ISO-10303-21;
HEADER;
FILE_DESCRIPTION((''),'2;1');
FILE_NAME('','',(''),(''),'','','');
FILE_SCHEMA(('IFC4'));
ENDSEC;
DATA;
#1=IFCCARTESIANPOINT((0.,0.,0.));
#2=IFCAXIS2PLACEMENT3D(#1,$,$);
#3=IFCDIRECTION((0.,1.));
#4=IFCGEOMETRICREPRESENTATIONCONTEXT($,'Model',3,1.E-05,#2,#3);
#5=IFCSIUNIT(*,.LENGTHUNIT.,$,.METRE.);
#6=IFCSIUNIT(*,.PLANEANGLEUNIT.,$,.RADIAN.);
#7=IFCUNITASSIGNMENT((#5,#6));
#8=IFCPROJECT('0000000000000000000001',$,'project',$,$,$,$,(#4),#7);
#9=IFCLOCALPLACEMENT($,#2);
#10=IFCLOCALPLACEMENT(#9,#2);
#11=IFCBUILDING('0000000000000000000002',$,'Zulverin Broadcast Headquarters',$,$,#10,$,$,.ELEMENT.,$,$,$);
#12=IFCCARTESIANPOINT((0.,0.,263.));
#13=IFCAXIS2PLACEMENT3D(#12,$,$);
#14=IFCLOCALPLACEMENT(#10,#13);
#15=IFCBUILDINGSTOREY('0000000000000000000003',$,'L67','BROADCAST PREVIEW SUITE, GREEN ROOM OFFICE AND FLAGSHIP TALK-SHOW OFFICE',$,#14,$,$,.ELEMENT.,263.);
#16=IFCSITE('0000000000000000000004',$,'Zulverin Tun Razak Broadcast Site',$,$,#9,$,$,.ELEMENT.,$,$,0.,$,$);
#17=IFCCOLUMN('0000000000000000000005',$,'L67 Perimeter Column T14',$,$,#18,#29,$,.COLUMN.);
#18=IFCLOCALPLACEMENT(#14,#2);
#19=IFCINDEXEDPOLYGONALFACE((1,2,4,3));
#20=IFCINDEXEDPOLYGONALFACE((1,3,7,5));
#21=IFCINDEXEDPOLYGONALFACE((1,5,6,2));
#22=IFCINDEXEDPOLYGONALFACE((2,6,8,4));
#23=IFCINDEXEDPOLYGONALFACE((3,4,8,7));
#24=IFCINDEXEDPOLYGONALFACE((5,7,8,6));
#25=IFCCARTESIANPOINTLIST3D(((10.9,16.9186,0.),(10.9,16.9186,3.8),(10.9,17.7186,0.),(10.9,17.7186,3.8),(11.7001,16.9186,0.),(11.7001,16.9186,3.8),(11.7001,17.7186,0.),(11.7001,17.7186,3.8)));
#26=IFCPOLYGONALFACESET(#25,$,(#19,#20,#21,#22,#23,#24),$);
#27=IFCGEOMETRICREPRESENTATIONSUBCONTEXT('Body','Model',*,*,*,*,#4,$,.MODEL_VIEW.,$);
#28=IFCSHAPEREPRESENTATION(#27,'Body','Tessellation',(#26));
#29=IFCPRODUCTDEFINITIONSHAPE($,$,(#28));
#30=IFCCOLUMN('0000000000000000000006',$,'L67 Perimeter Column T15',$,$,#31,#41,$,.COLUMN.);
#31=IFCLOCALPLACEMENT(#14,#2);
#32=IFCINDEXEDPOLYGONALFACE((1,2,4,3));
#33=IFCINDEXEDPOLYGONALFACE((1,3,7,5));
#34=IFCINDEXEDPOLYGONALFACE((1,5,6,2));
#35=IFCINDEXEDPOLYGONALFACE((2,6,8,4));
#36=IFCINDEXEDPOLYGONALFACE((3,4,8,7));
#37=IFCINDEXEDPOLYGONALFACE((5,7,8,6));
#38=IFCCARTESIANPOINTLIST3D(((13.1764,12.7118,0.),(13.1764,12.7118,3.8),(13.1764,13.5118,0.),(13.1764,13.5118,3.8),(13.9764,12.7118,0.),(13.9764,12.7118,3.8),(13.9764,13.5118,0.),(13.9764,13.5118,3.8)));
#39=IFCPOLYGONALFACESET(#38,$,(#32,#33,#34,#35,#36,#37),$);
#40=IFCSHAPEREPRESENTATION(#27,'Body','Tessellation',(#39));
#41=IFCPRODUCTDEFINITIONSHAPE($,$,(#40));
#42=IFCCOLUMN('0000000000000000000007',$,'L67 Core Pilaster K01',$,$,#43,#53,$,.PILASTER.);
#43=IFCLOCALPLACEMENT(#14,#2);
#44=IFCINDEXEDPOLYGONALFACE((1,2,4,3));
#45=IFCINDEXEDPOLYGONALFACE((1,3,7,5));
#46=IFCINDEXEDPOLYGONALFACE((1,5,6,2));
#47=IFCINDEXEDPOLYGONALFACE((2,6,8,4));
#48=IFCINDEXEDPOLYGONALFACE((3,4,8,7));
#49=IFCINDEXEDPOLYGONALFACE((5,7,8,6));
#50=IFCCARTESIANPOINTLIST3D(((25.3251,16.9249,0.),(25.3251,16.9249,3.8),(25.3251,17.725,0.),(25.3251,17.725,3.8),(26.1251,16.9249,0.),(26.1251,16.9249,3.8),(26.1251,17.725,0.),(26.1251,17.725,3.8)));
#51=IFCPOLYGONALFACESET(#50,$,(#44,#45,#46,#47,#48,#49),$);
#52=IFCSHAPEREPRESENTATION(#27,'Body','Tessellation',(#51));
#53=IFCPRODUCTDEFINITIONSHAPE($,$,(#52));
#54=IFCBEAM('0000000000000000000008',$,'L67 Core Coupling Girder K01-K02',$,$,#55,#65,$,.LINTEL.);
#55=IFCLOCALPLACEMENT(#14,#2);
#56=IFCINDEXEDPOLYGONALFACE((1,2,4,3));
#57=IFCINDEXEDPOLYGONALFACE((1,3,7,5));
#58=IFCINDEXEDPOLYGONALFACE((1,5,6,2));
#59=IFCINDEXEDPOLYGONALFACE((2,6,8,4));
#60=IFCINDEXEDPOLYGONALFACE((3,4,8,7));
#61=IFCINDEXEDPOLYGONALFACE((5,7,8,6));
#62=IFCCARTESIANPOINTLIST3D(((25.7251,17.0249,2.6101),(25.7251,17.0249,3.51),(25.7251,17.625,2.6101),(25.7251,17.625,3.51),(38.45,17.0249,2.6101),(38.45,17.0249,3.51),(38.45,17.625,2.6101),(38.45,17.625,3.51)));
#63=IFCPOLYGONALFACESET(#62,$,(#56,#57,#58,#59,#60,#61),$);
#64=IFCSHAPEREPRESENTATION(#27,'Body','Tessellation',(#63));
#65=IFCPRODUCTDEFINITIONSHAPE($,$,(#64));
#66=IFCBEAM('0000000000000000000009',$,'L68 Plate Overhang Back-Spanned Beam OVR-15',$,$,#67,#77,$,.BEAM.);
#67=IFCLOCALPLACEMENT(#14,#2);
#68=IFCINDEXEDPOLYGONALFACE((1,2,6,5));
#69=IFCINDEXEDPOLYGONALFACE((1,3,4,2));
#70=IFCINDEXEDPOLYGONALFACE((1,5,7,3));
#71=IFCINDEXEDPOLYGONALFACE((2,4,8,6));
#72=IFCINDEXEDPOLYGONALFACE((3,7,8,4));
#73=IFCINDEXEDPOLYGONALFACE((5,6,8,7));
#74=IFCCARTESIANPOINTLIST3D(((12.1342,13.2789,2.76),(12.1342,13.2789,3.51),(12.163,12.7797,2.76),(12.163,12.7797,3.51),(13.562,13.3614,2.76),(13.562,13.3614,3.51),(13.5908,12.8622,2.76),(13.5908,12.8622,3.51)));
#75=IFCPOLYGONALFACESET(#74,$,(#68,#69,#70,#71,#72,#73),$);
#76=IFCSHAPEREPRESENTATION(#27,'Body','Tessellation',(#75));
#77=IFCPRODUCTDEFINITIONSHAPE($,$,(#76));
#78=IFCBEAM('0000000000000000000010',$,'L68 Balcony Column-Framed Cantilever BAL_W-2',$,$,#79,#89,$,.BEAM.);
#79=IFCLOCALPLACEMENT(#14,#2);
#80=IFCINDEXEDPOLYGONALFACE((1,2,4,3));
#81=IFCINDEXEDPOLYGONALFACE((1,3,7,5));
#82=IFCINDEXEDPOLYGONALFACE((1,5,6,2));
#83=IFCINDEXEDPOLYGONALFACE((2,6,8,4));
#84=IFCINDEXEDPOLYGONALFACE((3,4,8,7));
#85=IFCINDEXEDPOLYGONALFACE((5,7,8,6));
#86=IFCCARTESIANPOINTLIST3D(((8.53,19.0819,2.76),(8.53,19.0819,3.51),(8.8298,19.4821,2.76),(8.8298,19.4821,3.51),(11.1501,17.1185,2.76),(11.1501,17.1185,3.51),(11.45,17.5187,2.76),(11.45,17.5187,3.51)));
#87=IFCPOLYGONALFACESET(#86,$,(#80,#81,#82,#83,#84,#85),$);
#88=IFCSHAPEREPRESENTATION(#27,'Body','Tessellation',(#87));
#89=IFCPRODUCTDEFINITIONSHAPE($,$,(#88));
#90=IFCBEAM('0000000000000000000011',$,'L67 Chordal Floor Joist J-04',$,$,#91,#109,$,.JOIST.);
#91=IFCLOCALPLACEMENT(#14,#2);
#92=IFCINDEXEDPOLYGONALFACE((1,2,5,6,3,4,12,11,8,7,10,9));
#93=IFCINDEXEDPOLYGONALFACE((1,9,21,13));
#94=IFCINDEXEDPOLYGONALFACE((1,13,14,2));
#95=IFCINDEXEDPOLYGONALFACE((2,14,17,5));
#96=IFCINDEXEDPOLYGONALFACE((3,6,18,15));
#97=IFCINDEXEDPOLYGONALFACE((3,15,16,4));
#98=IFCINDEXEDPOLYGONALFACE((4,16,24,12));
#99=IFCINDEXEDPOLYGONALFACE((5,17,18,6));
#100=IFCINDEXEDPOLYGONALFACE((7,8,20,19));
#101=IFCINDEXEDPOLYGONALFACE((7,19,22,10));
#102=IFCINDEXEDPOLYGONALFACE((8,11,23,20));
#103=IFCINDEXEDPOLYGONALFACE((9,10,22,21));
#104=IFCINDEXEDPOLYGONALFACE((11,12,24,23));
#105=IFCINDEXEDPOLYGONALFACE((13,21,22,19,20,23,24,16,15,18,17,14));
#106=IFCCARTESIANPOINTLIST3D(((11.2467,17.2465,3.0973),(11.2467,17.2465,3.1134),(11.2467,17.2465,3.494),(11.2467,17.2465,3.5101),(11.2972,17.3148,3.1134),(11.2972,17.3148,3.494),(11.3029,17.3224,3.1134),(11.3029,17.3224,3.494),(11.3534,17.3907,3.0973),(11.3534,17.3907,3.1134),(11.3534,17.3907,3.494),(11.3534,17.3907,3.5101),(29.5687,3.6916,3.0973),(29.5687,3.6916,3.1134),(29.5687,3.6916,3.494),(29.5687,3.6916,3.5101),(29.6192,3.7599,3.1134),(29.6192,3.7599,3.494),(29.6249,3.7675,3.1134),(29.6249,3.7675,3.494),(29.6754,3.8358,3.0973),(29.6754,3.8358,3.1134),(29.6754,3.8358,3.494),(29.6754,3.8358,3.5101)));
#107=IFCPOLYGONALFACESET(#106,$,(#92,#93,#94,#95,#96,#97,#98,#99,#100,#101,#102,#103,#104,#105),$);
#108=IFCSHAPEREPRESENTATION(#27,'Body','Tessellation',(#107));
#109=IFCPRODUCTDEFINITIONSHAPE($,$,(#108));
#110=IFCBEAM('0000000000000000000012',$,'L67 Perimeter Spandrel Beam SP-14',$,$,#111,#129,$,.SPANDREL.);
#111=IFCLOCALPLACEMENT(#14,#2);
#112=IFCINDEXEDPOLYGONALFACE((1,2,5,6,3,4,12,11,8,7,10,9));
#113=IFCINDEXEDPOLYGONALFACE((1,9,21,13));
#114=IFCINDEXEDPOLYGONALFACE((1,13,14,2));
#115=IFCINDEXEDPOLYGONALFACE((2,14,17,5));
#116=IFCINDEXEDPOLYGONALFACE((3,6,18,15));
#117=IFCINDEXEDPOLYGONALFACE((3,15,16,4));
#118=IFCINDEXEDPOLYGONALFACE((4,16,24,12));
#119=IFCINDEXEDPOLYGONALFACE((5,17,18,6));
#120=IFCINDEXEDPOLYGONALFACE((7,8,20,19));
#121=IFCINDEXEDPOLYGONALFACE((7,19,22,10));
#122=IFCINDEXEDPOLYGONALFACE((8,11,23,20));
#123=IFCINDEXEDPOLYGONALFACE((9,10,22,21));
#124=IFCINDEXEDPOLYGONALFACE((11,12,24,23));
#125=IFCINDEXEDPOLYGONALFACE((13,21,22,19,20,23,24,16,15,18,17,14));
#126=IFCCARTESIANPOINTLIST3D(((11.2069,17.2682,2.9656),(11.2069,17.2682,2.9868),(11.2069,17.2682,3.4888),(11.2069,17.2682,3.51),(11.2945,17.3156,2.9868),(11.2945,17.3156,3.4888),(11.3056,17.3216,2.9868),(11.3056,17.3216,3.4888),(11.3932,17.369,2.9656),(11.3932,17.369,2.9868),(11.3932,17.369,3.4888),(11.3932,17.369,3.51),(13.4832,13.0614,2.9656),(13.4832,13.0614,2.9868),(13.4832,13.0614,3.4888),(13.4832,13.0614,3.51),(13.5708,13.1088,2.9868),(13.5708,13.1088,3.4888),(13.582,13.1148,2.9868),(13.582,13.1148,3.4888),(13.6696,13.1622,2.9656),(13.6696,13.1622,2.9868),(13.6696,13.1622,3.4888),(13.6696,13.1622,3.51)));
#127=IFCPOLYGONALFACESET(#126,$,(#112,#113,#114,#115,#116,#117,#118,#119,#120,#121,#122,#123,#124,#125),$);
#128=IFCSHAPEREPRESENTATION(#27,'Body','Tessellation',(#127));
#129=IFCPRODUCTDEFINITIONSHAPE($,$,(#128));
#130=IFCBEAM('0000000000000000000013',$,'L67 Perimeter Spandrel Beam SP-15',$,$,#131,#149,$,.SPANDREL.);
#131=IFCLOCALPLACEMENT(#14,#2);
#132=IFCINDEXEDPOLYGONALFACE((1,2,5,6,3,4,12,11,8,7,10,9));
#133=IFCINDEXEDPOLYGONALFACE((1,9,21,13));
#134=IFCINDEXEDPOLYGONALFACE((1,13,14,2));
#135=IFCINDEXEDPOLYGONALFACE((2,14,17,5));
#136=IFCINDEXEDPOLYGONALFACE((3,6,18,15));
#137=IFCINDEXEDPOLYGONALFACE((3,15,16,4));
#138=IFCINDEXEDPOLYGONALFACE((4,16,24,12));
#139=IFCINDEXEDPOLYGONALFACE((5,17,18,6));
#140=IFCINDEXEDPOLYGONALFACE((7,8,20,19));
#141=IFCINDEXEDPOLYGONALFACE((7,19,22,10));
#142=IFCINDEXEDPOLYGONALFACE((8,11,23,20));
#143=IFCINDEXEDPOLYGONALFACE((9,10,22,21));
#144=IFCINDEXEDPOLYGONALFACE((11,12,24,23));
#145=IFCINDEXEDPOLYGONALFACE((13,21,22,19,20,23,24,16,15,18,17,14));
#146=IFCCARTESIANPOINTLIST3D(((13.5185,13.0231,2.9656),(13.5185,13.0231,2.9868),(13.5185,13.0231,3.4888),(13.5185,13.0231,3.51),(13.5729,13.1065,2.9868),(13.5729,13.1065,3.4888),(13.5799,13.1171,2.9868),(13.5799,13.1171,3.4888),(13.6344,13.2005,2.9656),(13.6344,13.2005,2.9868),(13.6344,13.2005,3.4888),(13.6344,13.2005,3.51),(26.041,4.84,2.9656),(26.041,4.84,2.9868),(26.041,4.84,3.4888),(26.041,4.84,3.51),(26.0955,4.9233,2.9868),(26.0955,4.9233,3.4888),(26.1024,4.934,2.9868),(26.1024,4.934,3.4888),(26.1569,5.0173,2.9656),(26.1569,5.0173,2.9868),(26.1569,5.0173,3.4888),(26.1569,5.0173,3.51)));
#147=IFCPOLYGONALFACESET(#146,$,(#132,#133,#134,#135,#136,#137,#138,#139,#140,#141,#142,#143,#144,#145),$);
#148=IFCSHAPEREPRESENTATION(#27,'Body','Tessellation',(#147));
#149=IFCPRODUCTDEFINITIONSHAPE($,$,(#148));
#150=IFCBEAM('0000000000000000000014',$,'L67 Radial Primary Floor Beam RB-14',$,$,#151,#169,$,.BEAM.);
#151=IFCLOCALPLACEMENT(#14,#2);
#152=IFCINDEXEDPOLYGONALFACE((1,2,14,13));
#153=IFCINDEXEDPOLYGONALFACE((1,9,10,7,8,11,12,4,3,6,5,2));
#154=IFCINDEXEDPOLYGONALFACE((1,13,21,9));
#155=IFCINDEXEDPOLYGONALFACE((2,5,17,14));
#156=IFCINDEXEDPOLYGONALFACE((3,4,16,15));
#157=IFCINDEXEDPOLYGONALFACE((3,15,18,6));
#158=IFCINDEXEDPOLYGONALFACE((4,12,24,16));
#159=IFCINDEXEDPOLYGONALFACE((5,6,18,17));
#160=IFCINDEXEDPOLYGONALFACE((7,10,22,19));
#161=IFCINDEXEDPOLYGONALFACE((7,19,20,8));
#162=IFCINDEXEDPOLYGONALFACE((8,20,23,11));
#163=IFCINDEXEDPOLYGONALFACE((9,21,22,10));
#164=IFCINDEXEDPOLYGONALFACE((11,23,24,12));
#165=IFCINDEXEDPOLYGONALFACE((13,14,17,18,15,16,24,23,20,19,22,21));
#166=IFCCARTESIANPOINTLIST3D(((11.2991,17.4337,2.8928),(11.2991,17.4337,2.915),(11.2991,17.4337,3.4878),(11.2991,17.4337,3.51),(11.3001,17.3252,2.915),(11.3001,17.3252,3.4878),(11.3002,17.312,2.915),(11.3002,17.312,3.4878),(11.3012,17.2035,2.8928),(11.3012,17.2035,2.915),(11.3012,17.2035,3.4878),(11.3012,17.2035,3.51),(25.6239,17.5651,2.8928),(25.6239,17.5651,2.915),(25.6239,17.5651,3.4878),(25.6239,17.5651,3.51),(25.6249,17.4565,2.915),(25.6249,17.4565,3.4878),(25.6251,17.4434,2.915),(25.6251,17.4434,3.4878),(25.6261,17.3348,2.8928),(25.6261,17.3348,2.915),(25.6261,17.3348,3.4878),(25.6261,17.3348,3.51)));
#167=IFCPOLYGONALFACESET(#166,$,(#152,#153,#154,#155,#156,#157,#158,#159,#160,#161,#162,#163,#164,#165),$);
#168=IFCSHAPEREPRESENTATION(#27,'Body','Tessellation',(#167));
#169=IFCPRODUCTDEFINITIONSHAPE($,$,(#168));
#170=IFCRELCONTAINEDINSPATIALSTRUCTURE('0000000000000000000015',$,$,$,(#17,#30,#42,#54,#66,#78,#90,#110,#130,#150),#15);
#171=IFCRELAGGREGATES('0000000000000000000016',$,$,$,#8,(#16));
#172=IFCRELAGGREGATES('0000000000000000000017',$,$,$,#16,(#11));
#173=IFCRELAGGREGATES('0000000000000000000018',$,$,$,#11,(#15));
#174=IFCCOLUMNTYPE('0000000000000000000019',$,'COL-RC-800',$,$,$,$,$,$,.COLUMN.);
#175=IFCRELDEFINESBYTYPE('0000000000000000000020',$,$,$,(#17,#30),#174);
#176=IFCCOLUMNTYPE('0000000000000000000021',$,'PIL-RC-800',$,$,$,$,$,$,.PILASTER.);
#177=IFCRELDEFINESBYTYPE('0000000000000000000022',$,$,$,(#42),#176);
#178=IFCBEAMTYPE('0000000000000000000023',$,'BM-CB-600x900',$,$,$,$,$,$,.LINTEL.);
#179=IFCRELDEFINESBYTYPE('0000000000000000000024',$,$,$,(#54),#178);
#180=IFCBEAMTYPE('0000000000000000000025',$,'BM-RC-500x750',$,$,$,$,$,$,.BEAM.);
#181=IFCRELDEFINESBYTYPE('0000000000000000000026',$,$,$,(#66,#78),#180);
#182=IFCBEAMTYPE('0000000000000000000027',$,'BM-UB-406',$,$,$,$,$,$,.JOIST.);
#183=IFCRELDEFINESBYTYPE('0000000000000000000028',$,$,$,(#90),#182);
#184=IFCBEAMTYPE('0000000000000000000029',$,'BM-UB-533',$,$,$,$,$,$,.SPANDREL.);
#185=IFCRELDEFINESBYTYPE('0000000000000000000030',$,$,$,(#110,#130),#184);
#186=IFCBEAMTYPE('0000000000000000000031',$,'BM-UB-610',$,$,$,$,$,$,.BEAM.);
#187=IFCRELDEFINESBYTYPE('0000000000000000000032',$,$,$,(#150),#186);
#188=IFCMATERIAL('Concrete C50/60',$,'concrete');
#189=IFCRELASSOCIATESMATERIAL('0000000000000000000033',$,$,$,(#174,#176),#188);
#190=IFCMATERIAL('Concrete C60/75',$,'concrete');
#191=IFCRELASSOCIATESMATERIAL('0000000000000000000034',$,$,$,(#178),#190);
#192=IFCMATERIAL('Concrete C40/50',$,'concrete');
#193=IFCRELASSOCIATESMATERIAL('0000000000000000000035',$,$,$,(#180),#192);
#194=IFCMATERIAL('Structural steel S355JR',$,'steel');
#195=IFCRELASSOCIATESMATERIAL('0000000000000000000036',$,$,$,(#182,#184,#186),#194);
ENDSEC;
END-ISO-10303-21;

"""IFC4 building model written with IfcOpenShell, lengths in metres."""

from ifc_helpers import new_model, si_unit, direction, frame, origin, origin_2d, place, context, subcontext, project, spatial, rectangle, i_section, extrude, material, material_profile, profile_set, type_object, element, save


model = new_model("IFC4")

# Units and contexts
model_context = context("Model", 3, precision=1e-05, world=origin(), true_north=direction((0.0, 1.0)))
body_context = subcontext(model_context, "Body", "Model", "MODEL_VIEW")
ifc_project = project(units=[si_unit("LENGTHUNIT", "METRE"), si_unit("PLANEANGLEUNIT", "RADIAN")], contexts=[model_context])

# Site, building, storey
site_placement = place(None, origin())
site = spatial("IfcSite", under=ifc_project, at=site_placement, Name="Zulverin Tun Razak Broadcast Site", CompositionType="ELEMENT", RefElevation=0.0)
building_placement = place(site_placement, origin())
building = spatial("IfcBuilding", under=site, at=building_placement, Name="Zulverin Broadcast Headquarters", CompositionType="ELEMENT")
storey_placement = place(building_placement, frame((0.0, 0.0, 263.0)))
storey = spatial("IfcBuildingStorey", under=building, at=storey_placement, Name="L67", Description="BROADCAST PREVIEW SUITE, GREEN ROOM OFFICE AND FLAGSHIP TALK-SHOW OFFICE", CompositionType="ELEMENT", Elevation=263.0)

# Columns
ifc_material_1 = material(Name="Concrete C50/60", Category="concrete")
ifc_material_profile_1 = material_profile(ifc_material_1, rectangle(XDim=0.8, YDim=0.8, at=origin_2d()), Name="Concrete C50/60", Category="concrete")
ifc_profile_set_1 = profile_set([ifc_material_profile_1], Name="Concrete C50/60")
column_type_1 = type_object("IfcColumnType", Name="COL-RC-800", PredefinedType="COLUMN", material=ifc_profile_set_1)
for number, where, z_axis, x_axis, name in (
    (1, (11.3, 17.3186, 0.0), (0.0, 0.0, 1.0), (1.0, 0.0, 0.0), "L67 Perimeter Column T14"),
    (2, (13.5764, 13.1118, 0.0), (0.0, 0.0, 1.0), (1.0, 0.0, 0.0), "L67 Perimeter Column T15"),
):
    element("IfcColumn", number, at=place(storey_placement, frame(where, z_axis=z_axis, x_axis=x_axis)), inside=storey, type_object=column_type_1, Name=name, PredefinedType="COLUMN", context=body_context, shape_type="SweptSolid", body=[
        extrude(rectangle(XDim=0.8, YDim=0.8, at=origin_2d()), origin(), (0.0, 0.0, 1.0), 3.8),
    ])
ifc_material_profile_2 = material_profile(ifc_material_1, rectangle(XDim=0.8, YDim=0.8, at=origin_2d()), Name="Concrete C50/60", Category="concrete")
ifc_profile_set_2 = profile_set([ifc_material_profile_2], Name="Concrete C50/60")
column_type_2 = type_object("IfcColumnType", Name="PIL-RC-800", PredefinedType="PILASTER", material=ifc_profile_set_2)
column_placement = place(storey_placement, frame((25.7251, 17.325, 0.0), z_axis=(0.0, 0.0, 1.0), x_axis=(1.0, 0.0, 0.0)))
element("IfcColumn", 3, at=column_placement, inside=storey, type_object=column_type_2, Name="L67 Core Pilaster K01", PredefinedType="PILASTER", context=body_context, shape_type="SweptSolid", body=[
    extrude(rectangle(XDim=0.8, YDim=0.8, at=origin_2d()), origin(), (0.0, 0.0, 1.0), 3.8),
])

# Beams
ifc_material_2 = material(Name="Concrete C60/75", Category="concrete")
ifc_material_profile_3 = material_profile(ifc_material_2, rectangle(XDim=0.6001, YDim=0.8999, at=origin_2d()), Name="Concrete C60/75", Category="concrete")
ifc_profile_set_3 = profile_set([ifc_material_profile_3], Name="Concrete C60/75")
beam_type_1 = type_object("IfcBeamType", Name="BM-CB-600x900", PredefinedType="LINTEL", material=ifc_profile_set_3)
beam_1_placement = place(storey_placement, frame((25.7251, 17.325, 3.0601), z_axis=(1.0, 0.0, 0.0), x_axis=(0.0, 1.0, 0.0)))
element("IfcBeam", 4, at=beam_1_placement, inside=storey, type_object=beam_type_1, Name="L67 Core Coupling Girder K01-K02", PredefinedType="LINTEL", context=body_context, shape_type="SweptSolid", body=[
    extrude(rectangle(XDim=0.6001, YDim=0.8999, at=origin_2d()), origin(), (0.0, 0.0, 1.0), 12.7249),
])
ifc_material_3 = material(Name="Concrete C40/50", Category="concrete")
ifc_material_profile_4 = material_profile(ifc_material_3, rectangle(XDim=0.5, YDim=0.75, at=origin_2d()), Name="Concrete C40/50", Category="concrete")
ifc_profile_set_4 = profile_set([ifc_material_profile_4], Name="Concrete C40/50")
beam_type_2 = type_object("IfcBeamType", Name="BM-RC-500x750", PredefinedType="BEAM", material=ifc_profile_set_4)
beam_2_placement = place(storey_placement, frame((13.5764, 13.1118, 3.135), z_axis=(-0.998334, -0.057701, 0.0), x_axis=(0.057701, -0.998334, 0.0)))
element("IfcBeam", 5, at=beam_2_placement, inside=storey, type_object=beam_type_2, Name="L68 Plate Overhang Back-Spanned Beam OVR-15", PredefinedType="BEAM", context=body_context, shape_type="SweptSolid", body=[
    extrude(rectangle(XDim=0.5, YDim=0.75, at=origin_2d()), origin(), (0.0, 0.0, 1.0), 1.4302),
])
beam_3_placement = place(storey_placement, frame((11.3, 17.3186, 3.135), z_axis=(-0.80025, 0.599666, 0.0), x_axis=(-0.599666, -0.80025, 0.0)))
element("IfcBeam", 6, at=beam_3_placement, inside=storey, type_object=beam_type_2, Name="L68 Balcony Column-Framed Cantilever BAL_W-2", PredefinedType="BEAM", context=body_context, shape_type="SweptSolid", body=[
    extrude(rectangle(XDim=0.5, YDim=0.75, at=origin_2d()), origin(), (0.0, 0.0, 1.0), 3.2742),
])
ifc_material_4 = material(Name="Structural steel S355JR", Category="steel")
ifc_material_profile_5 = material_profile(ifc_material_4, i_section(OverallWidth=0.1794, OverallDepth=0.4128, WebThickness=0.0095, FlangeThickness=0.0161, at=origin_2d()), Name="Structural steel S355JR", Category="steel")
ifc_profile_set_5 = profile_set([ifc_material_profile_5], Name="Structural steel S355JR")
beam_type_3 = type_object("IfcBeamType", Name="BM-UB-406", PredefinedType="JOIST", material=ifc_profile_set_5)
beam_4_placement = place(storey_placement, frame((11.3, 17.3186, 3.3037), z_axis=(0.803912, -0.594748, 0.0), x_axis=(0.594748, 0.803912, 0.0)))
element("IfcBeam", 7, at=beam_4_placement, inside=storey, type_object=beam_type_3, Name="L67 Chordal Floor Joist J-04", PredefinedType="JOIST", context=body_context, shape_type="SweptSolid", body=[
    extrude(i_section(OverallWidth=0.1794, OverallDepth=0.4128, WebThickness=0.0095, FlangeThickness=0.0161, at=origin_2d()), origin(), (0.0, 0.0, 1.0), 22.791),
])
ifc_material_profile_6 = material_profile(ifc_material_4, i_section(OverallWidth=0.2119, OverallDepth=0.5444, WebThickness=0.0127, FlangeThickness=0.0212, at=origin_2d()), Name="Structural steel S355JR", Category="steel")
ifc_profile_set_6 = profile_set([ifc_material_profile_6], Name="Structural steel S355JR")
beam_type_4 = type_object("IfcBeamType", Name="BM-UB-533", PredefinedType="SPANDREL", material=ifc_profile_set_6)
beam_5_placement = place(storey_placement, frame((11.3, 17.3186, 3.2378), z_axis=(0.47591, -0.879494, 0.0), x_axis=(0.879494, 0.47591, 0.0)))
element("IfcBeam", 8, at=beam_5_placement, inside=storey, type_object=beam_type_4, Name="L67 Perimeter Spandrel Beam SP-14", PredefinedType="SPANDREL", context=body_context, shape_type="SweptSolid", body=[
    extrude(i_section(OverallWidth=0.2119, OverallDepth=0.5444, WebThickness=0.0127, FlangeThickness=0.0212, at=origin_2d()), origin(), (0.0, 0.0, 1.0), 4.7832),
])
beam_6_placement = place(storey_placement, frame((13.5764, 13.1118, 3.2378), z_axis=(0.837112, -0.547031, 0.0), x_axis=(0.547031, 0.837112, 0.0)))
element("IfcBeam", 9, at=beam_6_placement, inside=storey, type_object=beam_type_4, Name="L67 Perimeter Spandrel Beam SP-15", PredefinedType="SPANDREL", context=body_context, shape_type="SweptSolid", body=[
    extrude(i_section(OverallWidth=0.2119, OverallDepth=0.5444, WebThickness=0.0127, FlangeThickness=0.0212, at=origin_2d()), origin(), (0.0, 0.0, 1.0), 14.9592),
])
ifc_material_profile_7 = material_profile(ifc_material_4, i_section(OverallWidth=0.2302, OverallDepth=0.6172, WebThickness=0.0132, FlangeThickness=0.0222, at=origin_2d()), Name="Structural steel S355JR", Category="steel")
ifc_profile_set_7 = profile_set([ifc_material_profile_7], Name="Structural steel S355JR")
beam_type_5 = type_object("IfcBeamType", Name="BM-UB-610", PredefinedType="BEAM", material=ifc_profile_set_7)
beam_7_placement = place(storey_placement, frame((25.625, 17.45, 3.2014), z_axis=(-0.999958, -0.009169, 0.0), x_axis=(0.009169, -0.999958, 0.0)))
element("IfcBeam", 10, at=beam_7_placement, inside=storey, type_object=beam_type_5, Name="L67 Radial Primary Floor Beam RB-14", PredefinedType="BEAM", context=body_context, shape_type="SweptSolid", body=[
    extrude(i_section(OverallWidth=0.2302, OverallDepth=0.6172, WebThickness=0.0132, FlangeThickness=0.0222, at=origin_2d()), origin(), (0.0, 0.0, 1.0), 14.3254),
])

save(model, "model.ifc")
